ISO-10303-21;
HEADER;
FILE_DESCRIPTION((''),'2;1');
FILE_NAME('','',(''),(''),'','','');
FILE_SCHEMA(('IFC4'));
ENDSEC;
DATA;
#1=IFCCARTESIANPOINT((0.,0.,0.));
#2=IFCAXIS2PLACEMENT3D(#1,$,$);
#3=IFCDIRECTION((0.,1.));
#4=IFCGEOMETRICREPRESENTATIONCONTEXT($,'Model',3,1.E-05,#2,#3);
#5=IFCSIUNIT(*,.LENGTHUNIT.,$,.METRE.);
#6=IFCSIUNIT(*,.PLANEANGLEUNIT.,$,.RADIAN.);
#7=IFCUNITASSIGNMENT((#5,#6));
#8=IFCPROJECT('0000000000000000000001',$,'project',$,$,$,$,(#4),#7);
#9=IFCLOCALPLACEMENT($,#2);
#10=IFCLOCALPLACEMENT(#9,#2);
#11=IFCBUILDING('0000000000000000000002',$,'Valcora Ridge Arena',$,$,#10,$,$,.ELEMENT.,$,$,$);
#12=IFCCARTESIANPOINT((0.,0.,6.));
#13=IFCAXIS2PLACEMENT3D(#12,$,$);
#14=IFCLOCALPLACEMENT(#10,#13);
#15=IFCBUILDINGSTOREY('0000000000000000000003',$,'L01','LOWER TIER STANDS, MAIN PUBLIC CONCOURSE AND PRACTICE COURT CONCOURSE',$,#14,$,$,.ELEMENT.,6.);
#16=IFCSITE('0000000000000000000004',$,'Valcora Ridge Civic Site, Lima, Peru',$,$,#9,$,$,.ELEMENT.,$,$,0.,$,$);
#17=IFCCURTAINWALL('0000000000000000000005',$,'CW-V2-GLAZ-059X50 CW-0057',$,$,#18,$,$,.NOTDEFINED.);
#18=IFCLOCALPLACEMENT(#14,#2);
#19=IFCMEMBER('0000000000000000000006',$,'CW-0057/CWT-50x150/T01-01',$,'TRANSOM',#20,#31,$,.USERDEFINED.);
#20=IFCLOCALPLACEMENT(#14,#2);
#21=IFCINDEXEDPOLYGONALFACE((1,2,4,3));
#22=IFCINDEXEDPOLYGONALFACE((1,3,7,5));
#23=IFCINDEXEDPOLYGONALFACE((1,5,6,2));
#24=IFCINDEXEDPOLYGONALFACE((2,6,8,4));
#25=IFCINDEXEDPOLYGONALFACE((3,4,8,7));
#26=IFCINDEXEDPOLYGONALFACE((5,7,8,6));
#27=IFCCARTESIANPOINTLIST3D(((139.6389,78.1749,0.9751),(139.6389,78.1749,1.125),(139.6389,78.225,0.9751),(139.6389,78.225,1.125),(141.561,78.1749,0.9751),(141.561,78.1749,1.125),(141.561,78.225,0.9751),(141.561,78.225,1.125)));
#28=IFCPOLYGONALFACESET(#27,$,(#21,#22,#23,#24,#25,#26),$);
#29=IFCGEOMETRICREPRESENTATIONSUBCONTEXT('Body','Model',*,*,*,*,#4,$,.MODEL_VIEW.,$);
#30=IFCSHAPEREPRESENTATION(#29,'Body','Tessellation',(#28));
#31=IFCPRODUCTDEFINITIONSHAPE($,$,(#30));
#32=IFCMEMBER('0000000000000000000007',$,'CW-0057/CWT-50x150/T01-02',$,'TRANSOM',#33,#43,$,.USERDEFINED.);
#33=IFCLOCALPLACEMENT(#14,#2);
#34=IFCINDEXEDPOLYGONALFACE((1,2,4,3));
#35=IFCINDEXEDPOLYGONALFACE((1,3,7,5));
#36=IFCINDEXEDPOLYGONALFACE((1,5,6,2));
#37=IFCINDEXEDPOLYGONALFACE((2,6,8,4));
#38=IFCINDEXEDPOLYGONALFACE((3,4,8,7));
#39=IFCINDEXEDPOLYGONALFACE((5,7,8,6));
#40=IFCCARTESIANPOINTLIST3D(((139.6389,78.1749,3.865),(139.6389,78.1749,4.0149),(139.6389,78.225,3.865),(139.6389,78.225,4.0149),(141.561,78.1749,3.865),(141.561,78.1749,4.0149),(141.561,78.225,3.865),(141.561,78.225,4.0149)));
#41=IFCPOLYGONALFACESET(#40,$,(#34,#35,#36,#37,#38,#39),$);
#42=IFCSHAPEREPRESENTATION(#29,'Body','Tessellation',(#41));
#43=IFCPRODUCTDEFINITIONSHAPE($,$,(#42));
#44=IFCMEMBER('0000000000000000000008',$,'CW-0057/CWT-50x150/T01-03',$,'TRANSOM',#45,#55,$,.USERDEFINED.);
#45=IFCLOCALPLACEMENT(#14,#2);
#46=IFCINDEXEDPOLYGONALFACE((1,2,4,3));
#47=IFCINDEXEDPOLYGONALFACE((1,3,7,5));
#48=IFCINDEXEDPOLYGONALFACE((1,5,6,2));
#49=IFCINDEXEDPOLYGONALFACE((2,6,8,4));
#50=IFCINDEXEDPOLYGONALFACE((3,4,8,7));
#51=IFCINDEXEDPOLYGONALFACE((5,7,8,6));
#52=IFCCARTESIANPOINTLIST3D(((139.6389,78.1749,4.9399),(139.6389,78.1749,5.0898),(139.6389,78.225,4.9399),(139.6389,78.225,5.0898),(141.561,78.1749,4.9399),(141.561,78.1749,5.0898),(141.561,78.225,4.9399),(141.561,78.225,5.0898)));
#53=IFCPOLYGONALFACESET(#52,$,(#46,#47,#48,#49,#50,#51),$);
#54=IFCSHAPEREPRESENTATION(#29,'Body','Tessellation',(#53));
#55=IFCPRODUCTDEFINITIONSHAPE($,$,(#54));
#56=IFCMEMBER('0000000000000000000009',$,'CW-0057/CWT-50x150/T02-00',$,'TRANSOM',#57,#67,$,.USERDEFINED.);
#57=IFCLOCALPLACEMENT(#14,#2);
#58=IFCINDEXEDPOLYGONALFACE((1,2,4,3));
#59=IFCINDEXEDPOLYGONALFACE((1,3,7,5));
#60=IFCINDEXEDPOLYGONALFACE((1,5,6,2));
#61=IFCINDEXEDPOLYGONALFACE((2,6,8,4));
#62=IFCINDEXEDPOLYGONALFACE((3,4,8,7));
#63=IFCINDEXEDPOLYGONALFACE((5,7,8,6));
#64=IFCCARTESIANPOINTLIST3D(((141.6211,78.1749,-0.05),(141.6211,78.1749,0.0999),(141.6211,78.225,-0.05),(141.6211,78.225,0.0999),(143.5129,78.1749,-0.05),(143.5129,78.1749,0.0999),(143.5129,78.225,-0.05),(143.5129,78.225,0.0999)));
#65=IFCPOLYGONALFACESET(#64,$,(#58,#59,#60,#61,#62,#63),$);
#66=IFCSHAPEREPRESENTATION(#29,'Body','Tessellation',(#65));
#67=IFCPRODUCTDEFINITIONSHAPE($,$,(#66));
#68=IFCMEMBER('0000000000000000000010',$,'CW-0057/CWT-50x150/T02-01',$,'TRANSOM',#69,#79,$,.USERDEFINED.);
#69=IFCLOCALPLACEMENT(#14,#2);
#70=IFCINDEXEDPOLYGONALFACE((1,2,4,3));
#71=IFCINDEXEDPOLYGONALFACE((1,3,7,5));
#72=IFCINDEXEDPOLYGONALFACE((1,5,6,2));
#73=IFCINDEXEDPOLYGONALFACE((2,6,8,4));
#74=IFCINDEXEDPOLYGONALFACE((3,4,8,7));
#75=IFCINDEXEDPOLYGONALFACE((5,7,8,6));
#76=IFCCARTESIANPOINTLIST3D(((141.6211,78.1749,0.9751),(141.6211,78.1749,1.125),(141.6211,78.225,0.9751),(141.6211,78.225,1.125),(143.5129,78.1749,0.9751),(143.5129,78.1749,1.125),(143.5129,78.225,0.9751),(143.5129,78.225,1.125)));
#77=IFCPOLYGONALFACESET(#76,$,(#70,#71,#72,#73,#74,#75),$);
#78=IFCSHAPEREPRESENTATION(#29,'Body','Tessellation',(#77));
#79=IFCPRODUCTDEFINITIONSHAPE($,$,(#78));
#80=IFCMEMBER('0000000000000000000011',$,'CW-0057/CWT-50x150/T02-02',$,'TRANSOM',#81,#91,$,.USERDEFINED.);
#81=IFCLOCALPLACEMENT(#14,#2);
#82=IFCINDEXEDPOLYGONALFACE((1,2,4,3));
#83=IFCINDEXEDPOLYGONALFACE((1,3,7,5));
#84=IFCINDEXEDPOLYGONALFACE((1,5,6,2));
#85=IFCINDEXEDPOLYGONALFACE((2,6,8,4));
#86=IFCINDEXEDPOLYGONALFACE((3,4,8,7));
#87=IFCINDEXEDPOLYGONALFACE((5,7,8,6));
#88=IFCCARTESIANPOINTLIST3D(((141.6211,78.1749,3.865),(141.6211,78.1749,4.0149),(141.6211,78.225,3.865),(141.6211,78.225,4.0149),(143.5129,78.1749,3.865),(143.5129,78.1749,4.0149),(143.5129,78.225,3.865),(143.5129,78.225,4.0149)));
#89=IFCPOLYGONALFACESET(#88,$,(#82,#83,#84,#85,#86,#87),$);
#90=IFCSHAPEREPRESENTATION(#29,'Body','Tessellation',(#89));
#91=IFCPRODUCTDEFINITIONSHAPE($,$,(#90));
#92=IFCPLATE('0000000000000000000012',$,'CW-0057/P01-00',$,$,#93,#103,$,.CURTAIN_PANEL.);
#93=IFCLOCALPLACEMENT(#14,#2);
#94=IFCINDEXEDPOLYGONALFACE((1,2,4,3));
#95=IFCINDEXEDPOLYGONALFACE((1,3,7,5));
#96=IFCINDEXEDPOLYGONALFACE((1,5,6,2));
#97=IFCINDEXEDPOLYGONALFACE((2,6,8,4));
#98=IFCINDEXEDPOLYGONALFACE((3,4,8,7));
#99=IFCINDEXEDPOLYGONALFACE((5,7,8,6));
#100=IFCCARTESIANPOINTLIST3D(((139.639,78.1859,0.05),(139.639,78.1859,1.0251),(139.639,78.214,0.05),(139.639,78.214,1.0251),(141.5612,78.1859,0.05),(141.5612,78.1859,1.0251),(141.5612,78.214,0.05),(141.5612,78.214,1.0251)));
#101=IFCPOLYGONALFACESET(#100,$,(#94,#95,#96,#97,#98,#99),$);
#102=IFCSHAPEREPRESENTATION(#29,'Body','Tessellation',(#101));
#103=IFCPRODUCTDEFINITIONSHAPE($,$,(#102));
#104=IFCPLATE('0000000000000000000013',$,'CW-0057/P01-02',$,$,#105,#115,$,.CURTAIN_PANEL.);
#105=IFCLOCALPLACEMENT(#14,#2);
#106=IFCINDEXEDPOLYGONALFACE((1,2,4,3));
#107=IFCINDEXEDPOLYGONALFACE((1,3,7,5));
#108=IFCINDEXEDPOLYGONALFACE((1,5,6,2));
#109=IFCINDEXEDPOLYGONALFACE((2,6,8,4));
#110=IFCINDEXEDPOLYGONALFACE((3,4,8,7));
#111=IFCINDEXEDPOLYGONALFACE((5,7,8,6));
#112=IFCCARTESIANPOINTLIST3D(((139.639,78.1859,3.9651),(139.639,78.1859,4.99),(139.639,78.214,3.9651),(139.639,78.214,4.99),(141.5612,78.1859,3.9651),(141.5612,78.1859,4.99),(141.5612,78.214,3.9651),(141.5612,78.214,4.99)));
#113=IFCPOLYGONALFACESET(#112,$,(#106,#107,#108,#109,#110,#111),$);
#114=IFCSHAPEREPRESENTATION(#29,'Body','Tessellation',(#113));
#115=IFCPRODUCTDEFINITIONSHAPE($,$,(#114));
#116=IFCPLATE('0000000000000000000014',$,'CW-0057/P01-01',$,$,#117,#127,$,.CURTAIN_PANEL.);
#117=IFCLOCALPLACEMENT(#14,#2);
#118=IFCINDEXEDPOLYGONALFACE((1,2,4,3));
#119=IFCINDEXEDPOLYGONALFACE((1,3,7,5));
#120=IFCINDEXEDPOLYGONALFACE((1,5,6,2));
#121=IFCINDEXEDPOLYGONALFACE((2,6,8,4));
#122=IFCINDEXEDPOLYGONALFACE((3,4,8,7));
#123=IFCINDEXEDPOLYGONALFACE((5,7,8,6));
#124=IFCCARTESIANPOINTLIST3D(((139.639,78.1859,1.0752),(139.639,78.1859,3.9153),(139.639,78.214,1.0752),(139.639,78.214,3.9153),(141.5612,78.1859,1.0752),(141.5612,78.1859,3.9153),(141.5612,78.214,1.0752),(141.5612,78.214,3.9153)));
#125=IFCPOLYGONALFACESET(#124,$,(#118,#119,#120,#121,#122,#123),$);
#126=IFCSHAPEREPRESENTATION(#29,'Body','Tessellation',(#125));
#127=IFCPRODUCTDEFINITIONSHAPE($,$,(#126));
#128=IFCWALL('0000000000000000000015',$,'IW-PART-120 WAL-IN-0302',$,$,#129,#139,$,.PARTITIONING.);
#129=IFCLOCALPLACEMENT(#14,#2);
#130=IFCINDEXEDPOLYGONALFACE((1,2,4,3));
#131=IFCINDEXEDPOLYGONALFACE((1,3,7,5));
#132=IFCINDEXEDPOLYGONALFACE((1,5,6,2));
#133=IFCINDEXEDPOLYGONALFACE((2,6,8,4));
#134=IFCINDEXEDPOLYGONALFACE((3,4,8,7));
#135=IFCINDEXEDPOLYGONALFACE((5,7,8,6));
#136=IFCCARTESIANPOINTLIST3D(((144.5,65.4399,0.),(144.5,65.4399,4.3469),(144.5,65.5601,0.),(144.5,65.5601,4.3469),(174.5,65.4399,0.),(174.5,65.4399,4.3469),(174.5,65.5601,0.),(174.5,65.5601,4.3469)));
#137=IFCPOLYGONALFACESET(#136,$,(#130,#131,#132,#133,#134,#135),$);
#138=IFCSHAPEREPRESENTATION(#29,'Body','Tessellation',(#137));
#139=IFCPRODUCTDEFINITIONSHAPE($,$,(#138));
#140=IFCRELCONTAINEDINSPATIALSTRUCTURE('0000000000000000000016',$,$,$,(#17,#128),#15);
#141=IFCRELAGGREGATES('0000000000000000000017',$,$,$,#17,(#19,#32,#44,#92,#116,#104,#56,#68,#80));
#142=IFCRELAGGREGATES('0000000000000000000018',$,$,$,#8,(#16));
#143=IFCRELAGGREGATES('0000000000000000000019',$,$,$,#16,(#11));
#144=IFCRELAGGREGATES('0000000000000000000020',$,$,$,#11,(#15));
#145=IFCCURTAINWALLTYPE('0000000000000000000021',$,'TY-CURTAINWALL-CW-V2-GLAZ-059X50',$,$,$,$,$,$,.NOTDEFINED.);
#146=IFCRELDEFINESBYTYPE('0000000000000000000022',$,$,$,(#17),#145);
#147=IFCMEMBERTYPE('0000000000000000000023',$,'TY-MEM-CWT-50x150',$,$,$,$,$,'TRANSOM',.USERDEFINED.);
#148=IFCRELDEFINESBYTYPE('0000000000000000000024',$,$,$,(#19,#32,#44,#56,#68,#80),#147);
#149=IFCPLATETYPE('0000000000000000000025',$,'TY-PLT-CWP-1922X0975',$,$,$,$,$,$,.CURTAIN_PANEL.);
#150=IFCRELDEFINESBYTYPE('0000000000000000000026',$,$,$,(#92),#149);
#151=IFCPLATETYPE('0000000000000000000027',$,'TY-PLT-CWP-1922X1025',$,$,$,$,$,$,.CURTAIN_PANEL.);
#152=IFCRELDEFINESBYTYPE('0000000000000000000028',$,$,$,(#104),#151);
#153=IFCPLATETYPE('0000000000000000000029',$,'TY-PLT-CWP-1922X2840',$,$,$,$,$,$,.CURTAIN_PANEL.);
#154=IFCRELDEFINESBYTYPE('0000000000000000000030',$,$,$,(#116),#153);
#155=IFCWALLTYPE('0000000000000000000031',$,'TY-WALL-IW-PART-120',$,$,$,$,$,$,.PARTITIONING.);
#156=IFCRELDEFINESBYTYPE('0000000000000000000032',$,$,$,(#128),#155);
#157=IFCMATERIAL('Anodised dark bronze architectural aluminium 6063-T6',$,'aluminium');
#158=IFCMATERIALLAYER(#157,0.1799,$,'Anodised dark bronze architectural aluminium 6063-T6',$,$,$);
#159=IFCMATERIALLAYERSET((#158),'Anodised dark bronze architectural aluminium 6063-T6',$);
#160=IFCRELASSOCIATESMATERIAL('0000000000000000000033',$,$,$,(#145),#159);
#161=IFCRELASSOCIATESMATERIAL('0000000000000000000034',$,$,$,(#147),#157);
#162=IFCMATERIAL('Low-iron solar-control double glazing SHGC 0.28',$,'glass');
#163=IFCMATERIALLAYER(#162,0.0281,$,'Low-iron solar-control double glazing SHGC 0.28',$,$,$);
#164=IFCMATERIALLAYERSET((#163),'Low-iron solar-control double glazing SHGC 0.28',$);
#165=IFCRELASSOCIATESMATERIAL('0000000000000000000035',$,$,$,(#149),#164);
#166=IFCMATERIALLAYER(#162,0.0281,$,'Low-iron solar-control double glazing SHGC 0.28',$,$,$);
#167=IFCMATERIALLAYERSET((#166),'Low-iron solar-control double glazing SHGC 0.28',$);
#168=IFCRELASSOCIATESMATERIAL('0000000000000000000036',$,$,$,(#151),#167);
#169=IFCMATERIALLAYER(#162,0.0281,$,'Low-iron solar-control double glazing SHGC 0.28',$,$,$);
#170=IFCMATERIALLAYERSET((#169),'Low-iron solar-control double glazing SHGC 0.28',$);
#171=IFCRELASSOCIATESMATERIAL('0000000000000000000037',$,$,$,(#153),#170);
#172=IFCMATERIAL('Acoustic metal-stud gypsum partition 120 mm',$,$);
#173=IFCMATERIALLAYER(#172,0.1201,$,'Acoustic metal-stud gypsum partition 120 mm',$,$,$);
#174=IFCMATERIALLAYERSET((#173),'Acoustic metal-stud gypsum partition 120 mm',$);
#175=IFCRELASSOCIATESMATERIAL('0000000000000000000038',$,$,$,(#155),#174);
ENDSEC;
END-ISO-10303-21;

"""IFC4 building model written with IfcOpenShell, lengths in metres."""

from ifc_helpers import new_model, si_unit, direction, frame, frame_2d, origin, origin_2d, place, context, subcontext, project, spatial, rectangle, extrude, material, layer, layer_set, material_profile, profile_set, type_object, element, aggregate, save


model = new_model("IFC4")

# Units and contexts
model_context = context("Model", 3, precision=1e-05, world=origin(), true_north=direction((0.0, 1.0)))
body_context = subcontext(model_context, "Body", "Model", "MODEL_VIEW")
ifc_project = project(units=[si_unit("LENGTHUNIT", "METRE"), si_unit("PLANEANGLEUNIT", "RADIAN")], contexts=[model_context])

# Site, building, storey
site_placement = place(None, origin())
site = spatial("IfcSite", under=ifc_project, at=site_placement, Name="Valcora Ridge Civic Site, Lima, Peru", CompositionType="ELEMENT", RefElevation=0.0)
building_placement = place(site_placement, origin())
building = spatial("IfcBuilding", under=site, at=building_placement, Name="Valcora Ridge Arena", CompositionType="ELEMENT")
storey_placement = place(building_placement, frame((0.0, 0.0, 6.0)))
storey = spatial("IfcBuildingStorey", under=building, at=storey_placement, Name="L01", Description="LOWER TIER STANDS, MAIN PUBLIC CONCOURSE AND PRACTICE COURT CONCOURSE", CompositionType="ELEMENT", Elevation=6.0)

# Curtain wall, members, plates
ifc_material_1 = material(Name="Anodised dark bronze architectural aluminium 6063-T6", Category="aluminium")
ifc_layer_1 = layer(ifc_material_1, 0.1799, Name="Anodised dark bronze architectural aluminium 6063-T6")
ifc_layer_set_1 = layer_set([ifc_layer_1], Name="Anodised dark bronze architectural aluminium 6063-T6")
curtain_wall_type = type_object("IfcCurtainWallType", Name="TY-CURTAINWALL-CW-V2-GLAZ-059X50", PredefinedType="NOTDEFINED", material=ifc_layer_set_1)
curtain_wall_placement = place(storey_placement, origin())
curtain_wall = element("IfcCurtainWall", 1, at=curtain_wall_placement, inside=storey, type_object=curtain_wall_type, Name="CW-V2-GLAZ-059X50 CW-0057", PredefinedType="NOTDEFINED")
ifc_material_profile_1 = material_profile(ifc_material_1, rectangle(XDim=0.05, YDim=0.1499, at=origin_2d()), Name="ALU TRANSOM 50x150")
ifc_profile_set_1 = profile_set([ifc_material_profile_1], Name="Anodised dark bronze architectural aluminium 6063-T6")
member_type_1 = type_object("IfcMemberType", Name="TY-MEM-CWT-50x150", ElementType="TRANSOM", PredefinedType="USERDEFINED", material=ifc_profile_set_1)
member_1_placement = place(storey_placement, frame((139.6389, 78.2, 1.05), z_axis=(1.0, 0.0, 0.0), x_axis=(0.0, 1.0, 0.0)))
member_1 = element("IfcMember", 2, at=member_1_placement, type_object=member_type_1, Name="CW-0057/CWT-50x150/T01-01", ObjectType="TRANSOM", PredefinedType="USERDEFINED", context=body_context, shape_type="SweptSolid", body=[
    extrude(rectangle(XDim=0.05, YDim=0.1499, at=origin_2d()), origin(), (0.0, 0.0, 1.0), 1.9221),
])
member_2_placement = place(storey_placement, frame((139.6389, 78.2, 3.9399), z_axis=(1.0, 0.0, 0.0), x_axis=(0.0, 1.0, 0.0)))
member_2 = element("IfcMember", 3, at=member_2_placement, type_object=member_type_1, Name="CW-0057/CWT-50x150/T01-02", ObjectType="TRANSOM", PredefinedType="USERDEFINED", context=body_context, shape_type="SweptSolid", body=[
    extrude(rectangle(XDim=0.05, YDim=0.1499, at=origin_2d()), origin(), (0.0, 0.0, 1.0), 1.9221),
])
member_3_placement = place(storey_placement, frame((139.6389, 78.2, 5.0149), z_axis=(1.0, 0.0, 0.0), x_axis=(0.0, 1.0, 0.0)))
member_3 = element("IfcMember", 4, at=member_3_placement, type_object=member_type_1, Name="CW-0057/CWT-50x150/T01-03", ObjectType="TRANSOM", PredefinedType="USERDEFINED", context=body_context, shape_type="SweptSolid", body=[
    extrude(rectangle(XDim=0.05, YDim=0.1499, at=origin_2d()), origin(), (0.0, 0.0, 1.0), 1.9221),
])
member_4_placement = place(storey_placement, frame((141.6211, 78.2, 0.0249), z_axis=(1.0, 0.0, 0.0), x_axis=(0.0, 1.0, 0.0)))
member_4 = element("IfcMember", 5, at=member_4_placement, type_object=member_type_1, Name="CW-0057/CWT-50x150/T02-00", ObjectType="TRANSOM", PredefinedType="USERDEFINED", context=body_context, shape_type="SweptSolid", body=[
    extrude(rectangle(XDim=0.05, YDim=0.1499, at=origin_2d()), origin(), (0.0, 0.0, 1.0), 1.8918),
])
member_5_placement = place(storey_placement, frame((141.6211, 78.2, 1.05), z_axis=(1.0, 0.0, 0.0), x_axis=(0.0, 1.0, 0.0)))
member_5 = element("IfcMember", 6, at=member_5_placement, type_object=member_type_1, Name="CW-0057/CWT-50x150/T02-01", ObjectType="TRANSOM", PredefinedType="USERDEFINED", context=body_context, shape_type="SweptSolid", body=[
    extrude(rectangle(XDim=0.05, YDim=0.1499, at=origin_2d()), origin(), (0.0, 0.0, 1.0), 1.8918),
])
member_6_placement = place(storey_placement, frame((141.6211, 78.2, 3.9399), z_axis=(1.0, 0.0, 0.0), x_axis=(0.0, 1.0, 0.0)))
member_6 = element("IfcMember", 7, at=member_6_placement, type_object=member_type_1, Name="CW-0057/CWT-50x150/T02-02", ObjectType="TRANSOM", PredefinedType="USERDEFINED", context=body_context, shape_type="SweptSolid", body=[
    extrude(rectangle(XDim=0.05, YDim=0.1499, at=origin_2d()), origin(), (0.0, 0.0, 1.0), 1.8918),
])
ifc_material_2 = material(Name="Low-iron solar-control double glazing SHGC 0.28", Category="glass")
ifc_layer_2 = layer(ifc_material_2, 0.0281, Name="Low-iron solar-control double glazing SHGC 0.28")
ifc_layer_set_2 = layer_set([ifc_layer_2], Name="Low-iron solar-control double glazing SHGC 0.28")
plate_type_1 = type_object("IfcPlateType", Name="TY-PLT-CWP-1922X0975", PredefinedType="CURTAIN_PANEL", material=ifc_layer_set_2)
plate_1_placement = place(storey_placement, frame((140.6001, 78.2, 0.05), z_axis=(0.0, 0.0, 1.0), x_axis=(1.0, 0.0, 0.0)))
plate_1 = element("IfcPlate", 8, at=plate_1_placement, type_object=plate_type_1, Name="CW-0057/P01-00", PredefinedType="CURTAIN_PANEL", context=body_context, shape_type="SweptSolid", body=[
    extrude(rectangle(XDim=1.9221, YDim=0.0281, at=origin_2d()), origin(), (0.0, 0.0, 1.0), 0.9751),
])
ifc_layer_3 = layer(ifc_material_2, 0.0281, Name="Low-iron solar-control double glazing SHGC 0.28")
ifc_layer_set_3 = layer_set([ifc_layer_3], Name="Low-iron solar-control double glazing SHGC 0.28")
plate_type_2 = type_object("IfcPlateType", Name="TY-PLT-CWP-1922X1025", PredefinedType="CURTAIN_PANEL", material=ifc_layer_set_3)
plate_2_placement = place(storey_placement, frame((140.6001, 78.2, 3.9651), z_axis=(0.0, 0.0, 1.0), x_axis=(1.0, 0.0, 0.0)))
plate_2 = element("IfcPlate", 9, at=plate_2_placement, type_object=plate_type_2, Name="CW-0057/P01-02", PredefinedType="CURTAIN_PANEL", context=body_context, shape_type="SweptSolid", body=[
    extrude(rectangle(XDim=1.9221, YDim=0.0281, at=origin_2d()), origin(), (0.0, 0.0, 1.0), 1.0249),
])
ifc_layer_4 = layer(ifc_material_2, 0.0281, Name="Low-iron solar-control double glazing SHGC 0.28")
ifc_layer_set_4 = layer_set([ifc_layer_4], Name="Low-iron solar-control double glazing SHGC 0.28")
plate_type_3 = type_object("IfcPlateType", Name="TY-PLT-CWP-1922X2840", PredefinedType="CURTAIN_PANEL", material=ifc_layer_set_4)
plate_3_placement = place(storey_placement, frame((140.6001, 78.2, 1.0752), z_axis=(0.0, 0.0, 1.0), x_axis=(1.0, 0.0, 0.0)))
plate_3 = element("IfcPlate", 10, at=plate_3_placement, type_object=plate_type_3, Name="CW-0057/P01-01", PredefinedType="CURTAIN_PANEL", context=body_context, shape_type="SweptSolid", body=[
    extrude(rectangle(XDim=1.9221, YDim=0.0281, at=origin_2d()), origin(), (0.0, 0.0, 1.0), 2.8401),
])
aggregate(curtain_wall, [member_1, member_2, member_3, plate_1, plate_3, plate_2, member_4, member_5, member_6])

# Wall
ifc_material_3 = material(Name="Acoustic metal-stud gypsum partition 120 mm")
ifc_layer_5 = layer(ifc_material_3, 0.1201, Name="Acoustic metal-stud gypsum partition 120 mm")
ifc_layer_set_5 = layer_set([ifc_layer_5], Name="Acoustic metal-stud gypsum partition 120 mm")
wall_type = type_object("IfcWallType", Name="TY-WALL-IW-PART-120", PredefinedType="PARTITIONING", material=ifc_layer_set_5)
wall_placement = place(storey_placement, frame((144.5, 65.5, 0.0), z_axis=(0.0, 0.0, 1.0), x_axis=(1.0, 0.0, 0.0)))
element("IfcWall", 11, at=wall_placement, inside=storey, type_object=wall_type, Name="IW-PART-120 WAL-IN-0302", PredefinedType="PARTITIONING", context=body_context, shape_type="SweptSolid", body=[
    extrude(rectangle(XDim=30.0, YDim=0.1201, at=frame_2d((15.0, 0.0))), origin(), (0.0, 0.0, 1.0), 4.3469),
])

save(model, "model.ifc")
